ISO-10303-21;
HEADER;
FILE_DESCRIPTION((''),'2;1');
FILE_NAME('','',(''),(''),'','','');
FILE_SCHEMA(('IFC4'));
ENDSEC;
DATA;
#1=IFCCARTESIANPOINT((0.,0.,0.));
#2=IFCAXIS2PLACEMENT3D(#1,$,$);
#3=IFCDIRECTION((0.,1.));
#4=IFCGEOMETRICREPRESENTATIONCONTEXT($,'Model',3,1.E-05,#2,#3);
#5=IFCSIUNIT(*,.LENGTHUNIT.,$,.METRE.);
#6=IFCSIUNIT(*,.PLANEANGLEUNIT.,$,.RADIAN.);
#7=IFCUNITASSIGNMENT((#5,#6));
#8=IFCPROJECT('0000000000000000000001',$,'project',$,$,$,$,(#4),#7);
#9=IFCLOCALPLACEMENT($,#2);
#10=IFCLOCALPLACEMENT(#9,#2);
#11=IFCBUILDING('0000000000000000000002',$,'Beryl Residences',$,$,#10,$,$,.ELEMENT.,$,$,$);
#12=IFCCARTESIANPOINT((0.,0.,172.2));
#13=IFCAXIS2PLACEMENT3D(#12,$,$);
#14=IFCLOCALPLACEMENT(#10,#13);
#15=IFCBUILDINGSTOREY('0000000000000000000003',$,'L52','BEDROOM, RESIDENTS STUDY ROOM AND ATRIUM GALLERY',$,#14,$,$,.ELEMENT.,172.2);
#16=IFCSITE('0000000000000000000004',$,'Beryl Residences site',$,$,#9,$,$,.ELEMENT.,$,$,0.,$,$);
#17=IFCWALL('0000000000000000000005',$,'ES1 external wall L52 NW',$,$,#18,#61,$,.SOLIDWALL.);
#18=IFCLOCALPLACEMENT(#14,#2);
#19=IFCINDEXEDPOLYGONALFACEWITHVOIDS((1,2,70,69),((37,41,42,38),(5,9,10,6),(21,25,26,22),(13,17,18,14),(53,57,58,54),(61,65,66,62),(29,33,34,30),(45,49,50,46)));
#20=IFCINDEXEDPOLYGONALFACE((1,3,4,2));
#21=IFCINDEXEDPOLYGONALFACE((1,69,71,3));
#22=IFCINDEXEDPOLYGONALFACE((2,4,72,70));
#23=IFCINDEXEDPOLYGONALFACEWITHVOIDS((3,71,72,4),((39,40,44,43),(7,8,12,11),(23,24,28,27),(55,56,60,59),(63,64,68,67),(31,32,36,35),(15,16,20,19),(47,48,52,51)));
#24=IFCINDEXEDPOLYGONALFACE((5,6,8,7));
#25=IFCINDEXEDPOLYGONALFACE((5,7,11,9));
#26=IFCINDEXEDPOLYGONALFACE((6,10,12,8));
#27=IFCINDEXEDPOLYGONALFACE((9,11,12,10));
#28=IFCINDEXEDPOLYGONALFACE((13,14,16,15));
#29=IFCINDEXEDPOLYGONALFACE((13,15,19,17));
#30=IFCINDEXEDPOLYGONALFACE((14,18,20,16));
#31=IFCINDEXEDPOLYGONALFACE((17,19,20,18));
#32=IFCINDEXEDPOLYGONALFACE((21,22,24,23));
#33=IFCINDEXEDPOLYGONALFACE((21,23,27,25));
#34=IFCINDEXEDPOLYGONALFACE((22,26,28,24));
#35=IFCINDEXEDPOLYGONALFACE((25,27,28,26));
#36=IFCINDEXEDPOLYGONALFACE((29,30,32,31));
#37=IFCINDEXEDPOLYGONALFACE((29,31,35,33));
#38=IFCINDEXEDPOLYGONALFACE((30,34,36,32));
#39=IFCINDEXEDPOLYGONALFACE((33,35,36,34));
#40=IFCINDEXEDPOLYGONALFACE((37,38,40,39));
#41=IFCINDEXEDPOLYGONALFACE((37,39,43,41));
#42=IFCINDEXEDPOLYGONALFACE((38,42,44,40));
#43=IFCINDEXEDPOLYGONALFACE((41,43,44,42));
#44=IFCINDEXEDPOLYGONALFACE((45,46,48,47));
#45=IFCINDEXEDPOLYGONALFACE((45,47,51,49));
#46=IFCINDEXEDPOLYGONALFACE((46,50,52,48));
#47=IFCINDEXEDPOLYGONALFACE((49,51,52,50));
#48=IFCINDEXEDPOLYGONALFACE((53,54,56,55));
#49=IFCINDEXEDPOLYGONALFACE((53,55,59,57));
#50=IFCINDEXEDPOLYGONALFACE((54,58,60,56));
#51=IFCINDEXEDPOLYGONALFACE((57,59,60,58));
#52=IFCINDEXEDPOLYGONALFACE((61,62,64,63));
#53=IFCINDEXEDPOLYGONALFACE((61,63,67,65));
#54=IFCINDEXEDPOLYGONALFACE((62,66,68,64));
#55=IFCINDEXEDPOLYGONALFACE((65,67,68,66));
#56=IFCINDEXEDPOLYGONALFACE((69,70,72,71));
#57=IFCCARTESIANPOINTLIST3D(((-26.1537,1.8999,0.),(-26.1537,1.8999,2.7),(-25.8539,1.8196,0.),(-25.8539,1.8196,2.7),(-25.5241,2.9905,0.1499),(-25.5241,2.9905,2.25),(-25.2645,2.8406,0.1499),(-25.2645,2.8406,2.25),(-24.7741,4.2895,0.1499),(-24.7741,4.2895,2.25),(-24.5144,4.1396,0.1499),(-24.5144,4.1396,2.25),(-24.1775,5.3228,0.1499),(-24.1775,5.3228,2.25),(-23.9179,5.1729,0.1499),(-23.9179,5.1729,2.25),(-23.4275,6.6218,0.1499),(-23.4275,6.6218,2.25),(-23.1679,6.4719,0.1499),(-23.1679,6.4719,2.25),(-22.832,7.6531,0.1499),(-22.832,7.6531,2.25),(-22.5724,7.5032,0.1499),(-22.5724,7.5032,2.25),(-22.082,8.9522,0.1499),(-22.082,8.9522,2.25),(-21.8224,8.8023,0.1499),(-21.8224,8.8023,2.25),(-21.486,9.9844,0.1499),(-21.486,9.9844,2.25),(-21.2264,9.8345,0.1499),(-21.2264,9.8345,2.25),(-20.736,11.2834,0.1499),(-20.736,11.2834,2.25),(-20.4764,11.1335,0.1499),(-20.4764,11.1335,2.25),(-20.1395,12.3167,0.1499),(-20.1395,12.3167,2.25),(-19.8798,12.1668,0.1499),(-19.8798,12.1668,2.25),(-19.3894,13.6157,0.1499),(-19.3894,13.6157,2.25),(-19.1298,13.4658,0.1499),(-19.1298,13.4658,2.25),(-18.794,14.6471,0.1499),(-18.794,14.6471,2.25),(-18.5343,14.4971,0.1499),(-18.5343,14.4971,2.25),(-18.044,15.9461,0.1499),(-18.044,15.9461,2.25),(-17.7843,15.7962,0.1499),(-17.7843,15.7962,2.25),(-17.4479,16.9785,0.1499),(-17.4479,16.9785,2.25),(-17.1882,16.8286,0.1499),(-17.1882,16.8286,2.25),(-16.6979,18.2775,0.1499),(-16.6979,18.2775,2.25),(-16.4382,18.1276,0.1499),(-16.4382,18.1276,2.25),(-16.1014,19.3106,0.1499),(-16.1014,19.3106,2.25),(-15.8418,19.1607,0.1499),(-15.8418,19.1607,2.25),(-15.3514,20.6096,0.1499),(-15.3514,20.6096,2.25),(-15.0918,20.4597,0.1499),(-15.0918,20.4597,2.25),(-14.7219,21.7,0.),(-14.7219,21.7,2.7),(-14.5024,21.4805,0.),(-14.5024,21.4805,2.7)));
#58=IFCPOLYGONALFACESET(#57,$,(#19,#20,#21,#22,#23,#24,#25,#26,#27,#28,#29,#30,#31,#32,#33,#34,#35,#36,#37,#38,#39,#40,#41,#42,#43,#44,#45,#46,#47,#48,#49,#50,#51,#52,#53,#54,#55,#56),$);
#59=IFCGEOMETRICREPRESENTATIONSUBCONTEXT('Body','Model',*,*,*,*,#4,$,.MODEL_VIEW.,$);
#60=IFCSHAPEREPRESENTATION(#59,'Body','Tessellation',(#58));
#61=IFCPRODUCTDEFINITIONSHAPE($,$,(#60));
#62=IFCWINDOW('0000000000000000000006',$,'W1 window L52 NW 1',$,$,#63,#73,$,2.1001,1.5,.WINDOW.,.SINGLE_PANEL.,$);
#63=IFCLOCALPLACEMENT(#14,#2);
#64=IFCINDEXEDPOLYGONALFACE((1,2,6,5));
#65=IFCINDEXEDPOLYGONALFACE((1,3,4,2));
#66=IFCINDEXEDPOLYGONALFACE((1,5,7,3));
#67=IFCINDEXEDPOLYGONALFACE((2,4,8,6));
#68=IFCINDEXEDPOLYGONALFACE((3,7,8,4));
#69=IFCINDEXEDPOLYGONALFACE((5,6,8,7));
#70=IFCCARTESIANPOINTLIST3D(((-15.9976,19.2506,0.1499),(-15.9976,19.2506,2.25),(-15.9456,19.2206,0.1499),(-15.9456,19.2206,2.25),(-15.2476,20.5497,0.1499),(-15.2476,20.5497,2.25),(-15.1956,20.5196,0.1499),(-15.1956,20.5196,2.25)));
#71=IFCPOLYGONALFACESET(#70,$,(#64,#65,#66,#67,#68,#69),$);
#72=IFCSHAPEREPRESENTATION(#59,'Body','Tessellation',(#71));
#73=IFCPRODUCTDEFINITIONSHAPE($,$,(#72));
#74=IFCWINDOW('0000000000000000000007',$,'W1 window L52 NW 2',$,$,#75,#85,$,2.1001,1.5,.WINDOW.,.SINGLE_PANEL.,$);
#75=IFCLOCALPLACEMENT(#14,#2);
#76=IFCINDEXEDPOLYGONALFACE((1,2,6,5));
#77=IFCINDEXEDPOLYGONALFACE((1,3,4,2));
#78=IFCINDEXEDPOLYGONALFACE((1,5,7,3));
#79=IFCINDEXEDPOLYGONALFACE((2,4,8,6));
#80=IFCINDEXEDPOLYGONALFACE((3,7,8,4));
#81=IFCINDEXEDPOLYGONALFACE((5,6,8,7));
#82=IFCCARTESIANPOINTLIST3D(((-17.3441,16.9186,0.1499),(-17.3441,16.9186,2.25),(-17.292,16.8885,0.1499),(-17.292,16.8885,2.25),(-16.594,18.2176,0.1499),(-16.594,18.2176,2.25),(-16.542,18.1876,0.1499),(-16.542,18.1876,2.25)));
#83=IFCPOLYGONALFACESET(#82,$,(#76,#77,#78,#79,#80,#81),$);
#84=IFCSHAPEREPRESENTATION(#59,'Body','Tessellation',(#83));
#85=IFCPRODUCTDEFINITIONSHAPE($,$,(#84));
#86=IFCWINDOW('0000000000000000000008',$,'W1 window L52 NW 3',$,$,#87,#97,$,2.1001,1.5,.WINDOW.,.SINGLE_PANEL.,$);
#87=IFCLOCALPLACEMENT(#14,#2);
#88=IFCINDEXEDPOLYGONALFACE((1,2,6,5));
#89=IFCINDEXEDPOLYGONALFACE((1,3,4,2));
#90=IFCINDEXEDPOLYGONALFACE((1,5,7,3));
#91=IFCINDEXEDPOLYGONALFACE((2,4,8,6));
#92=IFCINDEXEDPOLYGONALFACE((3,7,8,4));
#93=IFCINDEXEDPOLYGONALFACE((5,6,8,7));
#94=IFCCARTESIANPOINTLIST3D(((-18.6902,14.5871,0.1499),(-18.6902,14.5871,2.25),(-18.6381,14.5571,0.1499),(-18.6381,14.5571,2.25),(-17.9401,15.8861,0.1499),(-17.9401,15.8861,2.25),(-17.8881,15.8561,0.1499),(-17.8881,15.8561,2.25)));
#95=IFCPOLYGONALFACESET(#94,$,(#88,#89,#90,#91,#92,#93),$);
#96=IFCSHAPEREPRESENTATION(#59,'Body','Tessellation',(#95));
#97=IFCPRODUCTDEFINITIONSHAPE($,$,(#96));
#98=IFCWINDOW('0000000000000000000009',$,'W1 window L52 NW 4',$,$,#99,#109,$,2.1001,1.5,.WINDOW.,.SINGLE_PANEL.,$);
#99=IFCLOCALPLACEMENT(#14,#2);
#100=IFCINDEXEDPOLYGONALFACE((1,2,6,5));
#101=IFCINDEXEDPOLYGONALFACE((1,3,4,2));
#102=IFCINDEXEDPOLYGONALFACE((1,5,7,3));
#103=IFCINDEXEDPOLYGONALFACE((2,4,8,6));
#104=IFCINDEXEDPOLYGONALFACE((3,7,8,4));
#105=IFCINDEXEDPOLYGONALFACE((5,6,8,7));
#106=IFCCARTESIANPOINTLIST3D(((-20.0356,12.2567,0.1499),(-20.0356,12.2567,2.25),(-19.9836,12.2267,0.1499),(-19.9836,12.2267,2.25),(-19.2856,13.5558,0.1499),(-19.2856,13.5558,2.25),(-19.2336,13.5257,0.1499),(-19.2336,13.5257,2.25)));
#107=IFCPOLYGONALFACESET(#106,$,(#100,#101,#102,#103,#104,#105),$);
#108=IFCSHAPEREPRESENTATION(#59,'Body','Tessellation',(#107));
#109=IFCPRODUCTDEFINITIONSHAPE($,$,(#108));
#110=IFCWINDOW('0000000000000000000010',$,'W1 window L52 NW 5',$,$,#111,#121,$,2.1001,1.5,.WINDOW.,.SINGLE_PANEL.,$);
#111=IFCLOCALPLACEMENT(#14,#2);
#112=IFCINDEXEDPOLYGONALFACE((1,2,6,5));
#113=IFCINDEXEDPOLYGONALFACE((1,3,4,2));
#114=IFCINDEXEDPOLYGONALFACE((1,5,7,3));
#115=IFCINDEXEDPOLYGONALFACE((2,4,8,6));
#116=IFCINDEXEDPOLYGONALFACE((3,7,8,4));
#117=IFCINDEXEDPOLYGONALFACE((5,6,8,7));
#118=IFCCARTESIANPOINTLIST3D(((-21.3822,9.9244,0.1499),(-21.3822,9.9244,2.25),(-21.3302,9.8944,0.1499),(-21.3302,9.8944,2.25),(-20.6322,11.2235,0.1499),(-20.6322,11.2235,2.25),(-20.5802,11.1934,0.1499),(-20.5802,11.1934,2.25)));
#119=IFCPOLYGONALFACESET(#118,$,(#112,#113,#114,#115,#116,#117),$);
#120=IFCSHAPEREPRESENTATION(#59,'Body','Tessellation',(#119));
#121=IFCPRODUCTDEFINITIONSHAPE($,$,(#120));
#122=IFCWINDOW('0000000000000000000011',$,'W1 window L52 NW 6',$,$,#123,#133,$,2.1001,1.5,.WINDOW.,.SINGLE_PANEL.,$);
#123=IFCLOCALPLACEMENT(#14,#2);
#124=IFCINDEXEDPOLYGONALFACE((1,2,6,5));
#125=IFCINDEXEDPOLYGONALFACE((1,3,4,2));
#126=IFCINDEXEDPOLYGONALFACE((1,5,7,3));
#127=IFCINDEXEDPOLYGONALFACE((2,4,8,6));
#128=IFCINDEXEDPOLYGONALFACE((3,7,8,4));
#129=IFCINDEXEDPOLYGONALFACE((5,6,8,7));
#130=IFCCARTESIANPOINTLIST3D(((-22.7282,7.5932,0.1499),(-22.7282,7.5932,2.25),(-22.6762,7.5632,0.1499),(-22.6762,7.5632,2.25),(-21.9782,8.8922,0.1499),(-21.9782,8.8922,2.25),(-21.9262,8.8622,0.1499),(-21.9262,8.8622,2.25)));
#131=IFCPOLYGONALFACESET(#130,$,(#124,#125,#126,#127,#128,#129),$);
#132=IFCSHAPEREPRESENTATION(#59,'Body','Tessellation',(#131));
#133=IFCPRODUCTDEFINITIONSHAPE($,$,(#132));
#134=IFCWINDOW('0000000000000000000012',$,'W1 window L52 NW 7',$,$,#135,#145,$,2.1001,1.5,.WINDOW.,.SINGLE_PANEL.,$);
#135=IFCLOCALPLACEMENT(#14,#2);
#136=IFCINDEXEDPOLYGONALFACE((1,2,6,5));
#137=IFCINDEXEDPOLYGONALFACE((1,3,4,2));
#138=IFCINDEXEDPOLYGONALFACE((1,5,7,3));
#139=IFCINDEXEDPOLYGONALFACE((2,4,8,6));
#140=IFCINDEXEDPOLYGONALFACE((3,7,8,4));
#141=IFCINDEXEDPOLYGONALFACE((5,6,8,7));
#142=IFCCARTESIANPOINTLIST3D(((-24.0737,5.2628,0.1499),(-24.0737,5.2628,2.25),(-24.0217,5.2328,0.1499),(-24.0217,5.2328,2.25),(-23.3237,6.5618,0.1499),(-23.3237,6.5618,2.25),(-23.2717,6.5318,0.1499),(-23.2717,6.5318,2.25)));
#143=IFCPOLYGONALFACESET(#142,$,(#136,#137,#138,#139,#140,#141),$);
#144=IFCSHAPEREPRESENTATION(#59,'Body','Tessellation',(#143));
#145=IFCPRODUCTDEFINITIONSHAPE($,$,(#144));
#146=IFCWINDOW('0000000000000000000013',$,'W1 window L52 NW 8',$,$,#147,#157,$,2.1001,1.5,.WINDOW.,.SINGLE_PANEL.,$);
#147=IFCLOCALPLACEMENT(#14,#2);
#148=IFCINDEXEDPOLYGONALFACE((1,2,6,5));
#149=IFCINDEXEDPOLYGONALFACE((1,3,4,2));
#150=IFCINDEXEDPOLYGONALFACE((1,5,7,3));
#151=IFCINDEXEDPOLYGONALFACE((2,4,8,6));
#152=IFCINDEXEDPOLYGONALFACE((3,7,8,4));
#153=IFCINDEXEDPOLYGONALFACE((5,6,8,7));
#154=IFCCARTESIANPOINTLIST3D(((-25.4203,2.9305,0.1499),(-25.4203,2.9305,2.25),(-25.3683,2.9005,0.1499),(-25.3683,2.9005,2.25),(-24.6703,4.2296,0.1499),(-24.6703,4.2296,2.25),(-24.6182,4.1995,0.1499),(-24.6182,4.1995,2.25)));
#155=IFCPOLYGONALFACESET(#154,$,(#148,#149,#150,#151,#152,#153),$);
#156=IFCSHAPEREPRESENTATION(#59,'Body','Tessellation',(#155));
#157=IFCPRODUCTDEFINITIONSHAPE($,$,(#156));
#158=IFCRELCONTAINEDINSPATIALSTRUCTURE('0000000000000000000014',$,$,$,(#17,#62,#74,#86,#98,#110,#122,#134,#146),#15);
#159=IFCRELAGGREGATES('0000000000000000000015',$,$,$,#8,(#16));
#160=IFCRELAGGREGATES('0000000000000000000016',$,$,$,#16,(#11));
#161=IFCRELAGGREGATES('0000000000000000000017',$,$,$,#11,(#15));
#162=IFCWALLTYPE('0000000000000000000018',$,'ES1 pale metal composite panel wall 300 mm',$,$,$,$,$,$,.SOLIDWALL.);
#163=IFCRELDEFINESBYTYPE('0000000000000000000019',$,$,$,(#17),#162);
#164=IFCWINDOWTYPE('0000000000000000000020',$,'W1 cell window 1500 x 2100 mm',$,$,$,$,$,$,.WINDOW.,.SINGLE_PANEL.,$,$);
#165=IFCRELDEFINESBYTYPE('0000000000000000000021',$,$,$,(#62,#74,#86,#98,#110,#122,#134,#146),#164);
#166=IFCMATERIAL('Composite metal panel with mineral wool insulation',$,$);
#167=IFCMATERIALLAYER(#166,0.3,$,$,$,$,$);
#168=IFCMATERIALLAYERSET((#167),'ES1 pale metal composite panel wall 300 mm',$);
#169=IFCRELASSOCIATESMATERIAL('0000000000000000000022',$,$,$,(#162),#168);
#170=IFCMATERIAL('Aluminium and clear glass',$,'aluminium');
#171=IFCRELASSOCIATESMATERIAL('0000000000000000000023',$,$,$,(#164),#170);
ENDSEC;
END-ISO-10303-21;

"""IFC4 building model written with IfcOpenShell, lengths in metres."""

from ifc_helpers import new_model, si_unit, direction, frame, frame_2d, origin, place, context, subcontext, project, spatial, polyline, rectangle, outline, extrude, material, layer, layer_set, type_object, element, fill, save


model = new_model("IFC4")

# Units and contexts
model_context = context("Model", 3, precision=1e-05, world=origin(), true_north=direction((0.0, 1.0)))
body_context = subcontext(model_context, "Body", "Model", "MODEL_VIEW")
ifc_project = project(units=[si_unit("LENGTHUNIT", "METRE"), si_unit("PLANEANGLEUNIT", "RADIAN")], contexts=[model_context])

# Site, building, storey
site_placement = place(None, origin())
site = spatial("IfcSite", under=ifc_project, at=site_placement, Name="Beryl Residences site", CompositionType="ELEMENT", RefElevation=0.0)
building_placement = place(site_placement, origin())
building = spatial("IfcBuilding", under=site, at=building_placement, Name="Beryl Residences", CompositionType="ELEMENT")
storey_placement = place(building_placement, frame((0.0, 0.0, 172.2)))
storey = spatial("IfcBuildingStorey", under=building, at=storey_placement, Name="L52", Description="BEDROOM, RESIDENTS STUDY ROOM AND ATRIUM GALLERY", CompositionType="ELEMENT", Elevation=172.2)

# Wall, openings, windows
ifc_material_1 = material(Name="Composite metal panel with mineral wool insulation")
ifc_layer_1 = layer(ifc_material_1, 0.3)
ifc_layer_set_1 = layer_set([ifc_layer_1], Name="ES1 pale metal composite panel wall 300 mm")
wall_type_1 = type_object("IfcWallType", Name="ES1 pale metal composite panel wall 300 mm", PredefinedType="SOLIDWALL", material=ifc_layer_set_1)
wall_1_placement = place(storey_placement, frame((-14.592, 21.625, 0.0), z_axis=(0.0, 0.0, 1.0), x_axis=(-0.500011, -0.866019, 0.0)))
wall_1 = element("IfcWall", 1, at=wall_1_placement, inside=storey, type_object=wall_type_1, Name="ES1 external wall L52 NW", PredefinedType="SOLIDWALL", context=body_context, shape_type="SweptSolid", body=[
    extrude(outline(polyline([(0.0, -0.1499), (22.8633, -0.1499), (22.783, 0.1499), (0.0803, 0.1499), (0.0, -0.1499)])), origin(), (0.0, 0.0, 1.0), 2.7),
])
opening_1_placement = place(wall_1_placement, frame((1.259, 0.0, 0.1499)))
opening_1 = element("IfcOpeningElement", 2, at=opening_1_placement, cuts=wall_1, PredefinedType="OPENING", context=body_context, shape_type="SweptSolid", body=[
    extrude(rectangle(XDim=1.5, YDim=2.1001, at=frame_2d((0.75, 1.05))), frame((0.0, 0.1599, 0.0), z_axis=(0.0, -1.0, 0.0), x_axis=(1.0, 0.0, 0.0)), (0.0, 0.0, 1.0), 0.3201),
])
opening_2_placement = place(wall_1_placement, frame((3.9519, 0.0, 0.1499)))
opening_2 = element("IfcOpeningElement", 3, at=opening_2_placement, cuts=wall_1, PredefinedType="OPENING", context=body_context, shape_type="SweptSolid", body=[
    extrude(rectangle(XDim=1.5, YDim=2.1001, at=frame_2d((0.75, 1.05))), frame((0.0, 0.1599, 0.0), z_axis=(0.0, -1.0, 0.0), x_axis=(1.0, 0.0, 0.0)), (0.0, 0.0, 1.0), 0.3201),
])
opening_3_placement = place(wall_1_placement, frame((6.644, 0.0, 0.1499)))
opening_3 = element("IfcOpeningElement", 4, at=opening_3_placement, cuts=wall_1, PredefinedType="OPENING", context=body_context, shape_type="SweptSolid", body=[
    extrude(rectangle(XDim=1.5, YDim=2.1001, at=frame_2d((0.75, 1.05))), frame((0.0, 0.1599, 0.0), z_axis=(0.0, -1.0, 0.0), x_axis=(1.0, 0.0, 0.0)), (0.0, 0.0, 1.0), 0.3201),
])
opening_4_placement = place(wall_1_placement, frame((9.335, 0.0, 0.1499)))
opening_4 = element("IfcOpeningElement", 5, at=opening_4_placement, cuts=wall_1, PredefinedType="OPENING", context=body_context, shape_type="SweptSolid", body=[
    extrude(rectangle(XDim=1.5, YDim=2.1001, at=frame_2d((0.75, 1.05))), frame((0.0, 0.1599, 0.0), z_axis=(0.0, -1.0, 0.0), x_axis=(1.0, 0.0, 0.0)), (0.0, 0.0, 1.0), 0.3201),
])
opening_5_placement = place(wall_1_placement, frame((12.0281, 0.0, 0.1499)))
opening_5 = element("IfcOpeningElement", 6, at=opening_5_placement, cuts=wall_1, PredefinedType="OPENING", context=body_context, shape_type="SweptSolid", body=[
    extrude(rectangle(XDim=1.5, YDim=2.1001, at=frame_2d((0.75, 1.05))), frame((0.0, 0.1599, 0.0), z_axis=(0.0, -1.0, 0.0), x_axis=(1.0, 0.0, 0.0)), (0.0, 0.0, 1.0), 0.3201),
])
opening_6_placement = place(wall_1_placement, frame((14.72, 0.0, 0.1499)))
opening_6 = element("IfcOpeningElement", 7, at=opening_6_placement, cuts=wall_1, PredefinedType="OPENING", context=body_context, shape_type="SweptSolid", body=[
    extrude(rectangle(XDim=1.5, YDim=2.1001, at=frame_2d((0.75, 1.05))), frame((0.0, 0.1599, 0.0), z_axis=(0.0, -1.0, 0.0), x_axis=(1.0, 0.0, 0.0)), (0.0, 0.0, 1.0), 0.3201),
])
opening_7_placement = place(wall_1_placement, frame((17.4109, 0.0, 0.1499)))
opening_7 = element("IfcOpeningElement", 8, at=opening_7_placement, cuts=wall_1, PredefinedType="OPENING", context=body_context, shape_type="SweptSolid", body=[
    extrude(rectangle(XDim=1.5, YDim=2.1001, at=frame_2d((0.75, 1.05))), frame((0.0, 0.1599, 0.0), z_axis=(0.0, -1.0, 0.0), x_axis=(1.0, 0.0, 0.0)), (0.0, 0.0, 1.0), 0.3201),
])
opening_8_placement = place(wall_1_placement, frame((20.104, 0.0, 0.1499)))
opening_8 = element("IfcOpeningElement", 9, at=opening_8_placement, cuts=wall_1, PredefinedType="OPENING", context=body_context, shape_type="SweptSolid", body=[
    extrude(rectangle(XDim=1.5, YDim=2.1001, at=frame_2d((0.75, 1.05))), frame((0.0, 0.1599, 0.0), z_axis=(0.0, -1.0, 0.0), x_axis=(1.0, 0.0, 0.0)), (0.0, 0.0, 1.0), 0.3201),
])
ifc_material_2 = material(Name="Aluminium and clear glass", Category="aluminium")
window_type = type_object("IfcWindowType", Name="W1 cell window 1500 x 2100 mm", PartitioningType="SINGLE_PANEL", PredefinedType="WINDOW", material=ifc_material_2)
window_1_placement = place(opening_1_placement, origin())
window_1 = element("IfcWindow", 10, at=window_1_placement, inside=storey, type_object=window_type, Name="W1 window L52 NW 1", OverallHeight=2.1001, OverallWidth=1.5, PartitioningType="SINGLE_PANEL", PredefinedType="WINDOW", context=body_context, shape_type="SweptSolid", body=[
    extrude(rectangle(XDim=1.5, YDim=2.1001, at=frame_2d((0.75, 1.05))), frame((0.0, 0.03, 0.0), z_axis=(0.0, -1.0, 0.0), x_axis=(1.0, 0.0, 0.0)), (0.0, 0.0, 1.0), 0.0601),
])
fill(opening_1, window_1)
window_2_placement = place(opening_2_placement, origin())
window_2 = element("IfcWindow", 11, at=window_2_placement, inside=storey, type_object=window_type, Name="W1 window L52 NW 2", OverallHeight=2.1001, OverallWidth=1.5, PartitioningType="SINGLE_PANEL", PredefinedType="WINDOW", context=body_context, shape_type="SweptSolid", body=[
    extrude(rectangle(XDim=1.5, YDim=2.1001, at=frame_2d((0.75, 1.05))), frame((0.0, 0.03, 0.0), z_axis=(0.0, -1.0, 0.0), x_axis=(1.0, 0.0, 0.0)), (0.0, 0.0, 1.0), 0.0601),
])
fill(opening_2, window_2)
window_3_placement = place(opening_3_placement, origin())
window_3 = element("IfcWindow", 12, at=window_3_placement, inside=storey, type_object=window_type, Name="W1 window L52 NW 3", OverallHeight=2.1001, OverallWidth=1.5, PartitioningType="SINGLE_PANEL", PredefinedType="WINDOW", context=body_context, shape_type="SweptSolid", body=[
    extrude(rectangle(XDim=1.5, YDim=2.1001, at=frame_2d((0.75, 1.05))), frame((0.0, 0.03, 0.0), z_axis=(0.0, -1.0, 0.0), x_axis=(1.0, 0.0, 0.0)), (0.0, 0.0, 1.0), 0.0601),
])
fill(opening_3, window_3)
window_4_placement = place(opening_4_placement, origin())
window_4 = element("IfcWindow", 13, at=window_4_placement, inside=storey, type_object=window_type, Name="W1 window L52 NW 4", OverallHeight=2.1001, OverallWidth=1.5, PartitioningType="SINGLE_PANEL", PredefinedType="WINDOW", context=body_context, shape_type="SweptSolid", body=[
    extrude(rectangle(XDim=1.5, YDim=2.1001, at=frame_2d((0.75, 1.05))), frame((0.0, 0.03, 0.0), z_axis=(0.0, -1.0, 0.0), x_axis=(1.0, 0.0, 0.0)), (0.0, 0.0, 1.0), 0.0601),
])
fill(opening_4, window_4)
window_5_placement = place(opening_5_placement, origin())
window_5 = element("IfcWindow", 14, at=window_5_placement, inside=storey, type_object=window_type, Name="W1 window L52 NW 5", OverallHeight=2.1001, OverallWidth=1.5, PartitioningType="SINGLE_PANEL", PredefinedType="WINDOW", context=body_context, shape_type="SweptSolid", body=[
    extrude(rectangle(XDim=1.5, YDim=2.1001, at=frame_2d((0.75, 1.05))), frame((0.0, 0.03, 0.0), z_axis=(0.0, -1.0, 0.0), x_axis=(1.0, 0.0, 0.0)), (0.0, 0.0, 1.0), 0.0601),
])
fill(opening_5, window_5)
window_6_placement = place(opening_6_placement, origin())
window_6 = element("IfcWindow", 15, at=window_6_placement, inside=storey, type_object=window_type, Name="W1 window L52 NW 6", OverallHeight=2.1001, OverallWidth=1.5, PartitioningType="SINGLE_PANEL", PredefinedType="WINDOW", context=body_context, shape_type="SweptSolid", body=[
    extrude(rectangle(XDim=1.5, YDim=2.1001, at=frame_2d((0.75, 1.05))), frame((0.0, 0.03, 0.0), z_axis=(0.0, -1.0, 0.0), x_axis=(1.0, 0.0, 0.0)), (0.0, 0.0, 1.0), 0.0601),
])
fill(opening_6, window_6)
window_7_placement = place(opening_7_placement, origin())
window_7 = element("IfcWindow", 16, at=window_7_placement, inside=storey, type_object=window_type, Name="W1 window L52 NW 7", OverallHeight=2.1001, OverallWidth=1.5, PartitioningType="SINGLE_PANEL", PredefinedType="WINDOW", context=body_context, shape_type="SweptSolid", body=[
    extrude(rectangle(XDim=1.5, YDim=2.1001, at=frame_2d((0.75, 1.05))), frame((0.0, 0.03, 0.0), z_axis=(0.0, -1.0, 0.0), x_axis=(1.0, 0.0, 0.0)), (0.0, 0.0, 1.0), 0.0601),
])
fill(opening_7, window_7)
window_8_placement = place(opening_8_placement, origin())
window_8 = element("IfcWindow", 17, at=window_8_placement, inside=storey, type_object=window_type, Name="W1 window L52 NW 8", OverallHeight=2.1001, OverallWidth=1.5, PartitioningType="SINGLE_PANEL", PredefinedType="WINDOW", context=body_context, shape_type="SweptSolid", body=[
    extrude(rectangle(XDim=1.5, YDim=2.1001, at=frame_2d((0.75, 1.05))), frame((0.0, 0.03, 0.0), z_axis=(0.0, -1.0, 0.0), x_axis=(1.0, 0.0, 0.0)), (0.0, 0.0, 1.0), 0.0601),
])
fill(opening_8, window_8)

save(model, "model.ifc")
